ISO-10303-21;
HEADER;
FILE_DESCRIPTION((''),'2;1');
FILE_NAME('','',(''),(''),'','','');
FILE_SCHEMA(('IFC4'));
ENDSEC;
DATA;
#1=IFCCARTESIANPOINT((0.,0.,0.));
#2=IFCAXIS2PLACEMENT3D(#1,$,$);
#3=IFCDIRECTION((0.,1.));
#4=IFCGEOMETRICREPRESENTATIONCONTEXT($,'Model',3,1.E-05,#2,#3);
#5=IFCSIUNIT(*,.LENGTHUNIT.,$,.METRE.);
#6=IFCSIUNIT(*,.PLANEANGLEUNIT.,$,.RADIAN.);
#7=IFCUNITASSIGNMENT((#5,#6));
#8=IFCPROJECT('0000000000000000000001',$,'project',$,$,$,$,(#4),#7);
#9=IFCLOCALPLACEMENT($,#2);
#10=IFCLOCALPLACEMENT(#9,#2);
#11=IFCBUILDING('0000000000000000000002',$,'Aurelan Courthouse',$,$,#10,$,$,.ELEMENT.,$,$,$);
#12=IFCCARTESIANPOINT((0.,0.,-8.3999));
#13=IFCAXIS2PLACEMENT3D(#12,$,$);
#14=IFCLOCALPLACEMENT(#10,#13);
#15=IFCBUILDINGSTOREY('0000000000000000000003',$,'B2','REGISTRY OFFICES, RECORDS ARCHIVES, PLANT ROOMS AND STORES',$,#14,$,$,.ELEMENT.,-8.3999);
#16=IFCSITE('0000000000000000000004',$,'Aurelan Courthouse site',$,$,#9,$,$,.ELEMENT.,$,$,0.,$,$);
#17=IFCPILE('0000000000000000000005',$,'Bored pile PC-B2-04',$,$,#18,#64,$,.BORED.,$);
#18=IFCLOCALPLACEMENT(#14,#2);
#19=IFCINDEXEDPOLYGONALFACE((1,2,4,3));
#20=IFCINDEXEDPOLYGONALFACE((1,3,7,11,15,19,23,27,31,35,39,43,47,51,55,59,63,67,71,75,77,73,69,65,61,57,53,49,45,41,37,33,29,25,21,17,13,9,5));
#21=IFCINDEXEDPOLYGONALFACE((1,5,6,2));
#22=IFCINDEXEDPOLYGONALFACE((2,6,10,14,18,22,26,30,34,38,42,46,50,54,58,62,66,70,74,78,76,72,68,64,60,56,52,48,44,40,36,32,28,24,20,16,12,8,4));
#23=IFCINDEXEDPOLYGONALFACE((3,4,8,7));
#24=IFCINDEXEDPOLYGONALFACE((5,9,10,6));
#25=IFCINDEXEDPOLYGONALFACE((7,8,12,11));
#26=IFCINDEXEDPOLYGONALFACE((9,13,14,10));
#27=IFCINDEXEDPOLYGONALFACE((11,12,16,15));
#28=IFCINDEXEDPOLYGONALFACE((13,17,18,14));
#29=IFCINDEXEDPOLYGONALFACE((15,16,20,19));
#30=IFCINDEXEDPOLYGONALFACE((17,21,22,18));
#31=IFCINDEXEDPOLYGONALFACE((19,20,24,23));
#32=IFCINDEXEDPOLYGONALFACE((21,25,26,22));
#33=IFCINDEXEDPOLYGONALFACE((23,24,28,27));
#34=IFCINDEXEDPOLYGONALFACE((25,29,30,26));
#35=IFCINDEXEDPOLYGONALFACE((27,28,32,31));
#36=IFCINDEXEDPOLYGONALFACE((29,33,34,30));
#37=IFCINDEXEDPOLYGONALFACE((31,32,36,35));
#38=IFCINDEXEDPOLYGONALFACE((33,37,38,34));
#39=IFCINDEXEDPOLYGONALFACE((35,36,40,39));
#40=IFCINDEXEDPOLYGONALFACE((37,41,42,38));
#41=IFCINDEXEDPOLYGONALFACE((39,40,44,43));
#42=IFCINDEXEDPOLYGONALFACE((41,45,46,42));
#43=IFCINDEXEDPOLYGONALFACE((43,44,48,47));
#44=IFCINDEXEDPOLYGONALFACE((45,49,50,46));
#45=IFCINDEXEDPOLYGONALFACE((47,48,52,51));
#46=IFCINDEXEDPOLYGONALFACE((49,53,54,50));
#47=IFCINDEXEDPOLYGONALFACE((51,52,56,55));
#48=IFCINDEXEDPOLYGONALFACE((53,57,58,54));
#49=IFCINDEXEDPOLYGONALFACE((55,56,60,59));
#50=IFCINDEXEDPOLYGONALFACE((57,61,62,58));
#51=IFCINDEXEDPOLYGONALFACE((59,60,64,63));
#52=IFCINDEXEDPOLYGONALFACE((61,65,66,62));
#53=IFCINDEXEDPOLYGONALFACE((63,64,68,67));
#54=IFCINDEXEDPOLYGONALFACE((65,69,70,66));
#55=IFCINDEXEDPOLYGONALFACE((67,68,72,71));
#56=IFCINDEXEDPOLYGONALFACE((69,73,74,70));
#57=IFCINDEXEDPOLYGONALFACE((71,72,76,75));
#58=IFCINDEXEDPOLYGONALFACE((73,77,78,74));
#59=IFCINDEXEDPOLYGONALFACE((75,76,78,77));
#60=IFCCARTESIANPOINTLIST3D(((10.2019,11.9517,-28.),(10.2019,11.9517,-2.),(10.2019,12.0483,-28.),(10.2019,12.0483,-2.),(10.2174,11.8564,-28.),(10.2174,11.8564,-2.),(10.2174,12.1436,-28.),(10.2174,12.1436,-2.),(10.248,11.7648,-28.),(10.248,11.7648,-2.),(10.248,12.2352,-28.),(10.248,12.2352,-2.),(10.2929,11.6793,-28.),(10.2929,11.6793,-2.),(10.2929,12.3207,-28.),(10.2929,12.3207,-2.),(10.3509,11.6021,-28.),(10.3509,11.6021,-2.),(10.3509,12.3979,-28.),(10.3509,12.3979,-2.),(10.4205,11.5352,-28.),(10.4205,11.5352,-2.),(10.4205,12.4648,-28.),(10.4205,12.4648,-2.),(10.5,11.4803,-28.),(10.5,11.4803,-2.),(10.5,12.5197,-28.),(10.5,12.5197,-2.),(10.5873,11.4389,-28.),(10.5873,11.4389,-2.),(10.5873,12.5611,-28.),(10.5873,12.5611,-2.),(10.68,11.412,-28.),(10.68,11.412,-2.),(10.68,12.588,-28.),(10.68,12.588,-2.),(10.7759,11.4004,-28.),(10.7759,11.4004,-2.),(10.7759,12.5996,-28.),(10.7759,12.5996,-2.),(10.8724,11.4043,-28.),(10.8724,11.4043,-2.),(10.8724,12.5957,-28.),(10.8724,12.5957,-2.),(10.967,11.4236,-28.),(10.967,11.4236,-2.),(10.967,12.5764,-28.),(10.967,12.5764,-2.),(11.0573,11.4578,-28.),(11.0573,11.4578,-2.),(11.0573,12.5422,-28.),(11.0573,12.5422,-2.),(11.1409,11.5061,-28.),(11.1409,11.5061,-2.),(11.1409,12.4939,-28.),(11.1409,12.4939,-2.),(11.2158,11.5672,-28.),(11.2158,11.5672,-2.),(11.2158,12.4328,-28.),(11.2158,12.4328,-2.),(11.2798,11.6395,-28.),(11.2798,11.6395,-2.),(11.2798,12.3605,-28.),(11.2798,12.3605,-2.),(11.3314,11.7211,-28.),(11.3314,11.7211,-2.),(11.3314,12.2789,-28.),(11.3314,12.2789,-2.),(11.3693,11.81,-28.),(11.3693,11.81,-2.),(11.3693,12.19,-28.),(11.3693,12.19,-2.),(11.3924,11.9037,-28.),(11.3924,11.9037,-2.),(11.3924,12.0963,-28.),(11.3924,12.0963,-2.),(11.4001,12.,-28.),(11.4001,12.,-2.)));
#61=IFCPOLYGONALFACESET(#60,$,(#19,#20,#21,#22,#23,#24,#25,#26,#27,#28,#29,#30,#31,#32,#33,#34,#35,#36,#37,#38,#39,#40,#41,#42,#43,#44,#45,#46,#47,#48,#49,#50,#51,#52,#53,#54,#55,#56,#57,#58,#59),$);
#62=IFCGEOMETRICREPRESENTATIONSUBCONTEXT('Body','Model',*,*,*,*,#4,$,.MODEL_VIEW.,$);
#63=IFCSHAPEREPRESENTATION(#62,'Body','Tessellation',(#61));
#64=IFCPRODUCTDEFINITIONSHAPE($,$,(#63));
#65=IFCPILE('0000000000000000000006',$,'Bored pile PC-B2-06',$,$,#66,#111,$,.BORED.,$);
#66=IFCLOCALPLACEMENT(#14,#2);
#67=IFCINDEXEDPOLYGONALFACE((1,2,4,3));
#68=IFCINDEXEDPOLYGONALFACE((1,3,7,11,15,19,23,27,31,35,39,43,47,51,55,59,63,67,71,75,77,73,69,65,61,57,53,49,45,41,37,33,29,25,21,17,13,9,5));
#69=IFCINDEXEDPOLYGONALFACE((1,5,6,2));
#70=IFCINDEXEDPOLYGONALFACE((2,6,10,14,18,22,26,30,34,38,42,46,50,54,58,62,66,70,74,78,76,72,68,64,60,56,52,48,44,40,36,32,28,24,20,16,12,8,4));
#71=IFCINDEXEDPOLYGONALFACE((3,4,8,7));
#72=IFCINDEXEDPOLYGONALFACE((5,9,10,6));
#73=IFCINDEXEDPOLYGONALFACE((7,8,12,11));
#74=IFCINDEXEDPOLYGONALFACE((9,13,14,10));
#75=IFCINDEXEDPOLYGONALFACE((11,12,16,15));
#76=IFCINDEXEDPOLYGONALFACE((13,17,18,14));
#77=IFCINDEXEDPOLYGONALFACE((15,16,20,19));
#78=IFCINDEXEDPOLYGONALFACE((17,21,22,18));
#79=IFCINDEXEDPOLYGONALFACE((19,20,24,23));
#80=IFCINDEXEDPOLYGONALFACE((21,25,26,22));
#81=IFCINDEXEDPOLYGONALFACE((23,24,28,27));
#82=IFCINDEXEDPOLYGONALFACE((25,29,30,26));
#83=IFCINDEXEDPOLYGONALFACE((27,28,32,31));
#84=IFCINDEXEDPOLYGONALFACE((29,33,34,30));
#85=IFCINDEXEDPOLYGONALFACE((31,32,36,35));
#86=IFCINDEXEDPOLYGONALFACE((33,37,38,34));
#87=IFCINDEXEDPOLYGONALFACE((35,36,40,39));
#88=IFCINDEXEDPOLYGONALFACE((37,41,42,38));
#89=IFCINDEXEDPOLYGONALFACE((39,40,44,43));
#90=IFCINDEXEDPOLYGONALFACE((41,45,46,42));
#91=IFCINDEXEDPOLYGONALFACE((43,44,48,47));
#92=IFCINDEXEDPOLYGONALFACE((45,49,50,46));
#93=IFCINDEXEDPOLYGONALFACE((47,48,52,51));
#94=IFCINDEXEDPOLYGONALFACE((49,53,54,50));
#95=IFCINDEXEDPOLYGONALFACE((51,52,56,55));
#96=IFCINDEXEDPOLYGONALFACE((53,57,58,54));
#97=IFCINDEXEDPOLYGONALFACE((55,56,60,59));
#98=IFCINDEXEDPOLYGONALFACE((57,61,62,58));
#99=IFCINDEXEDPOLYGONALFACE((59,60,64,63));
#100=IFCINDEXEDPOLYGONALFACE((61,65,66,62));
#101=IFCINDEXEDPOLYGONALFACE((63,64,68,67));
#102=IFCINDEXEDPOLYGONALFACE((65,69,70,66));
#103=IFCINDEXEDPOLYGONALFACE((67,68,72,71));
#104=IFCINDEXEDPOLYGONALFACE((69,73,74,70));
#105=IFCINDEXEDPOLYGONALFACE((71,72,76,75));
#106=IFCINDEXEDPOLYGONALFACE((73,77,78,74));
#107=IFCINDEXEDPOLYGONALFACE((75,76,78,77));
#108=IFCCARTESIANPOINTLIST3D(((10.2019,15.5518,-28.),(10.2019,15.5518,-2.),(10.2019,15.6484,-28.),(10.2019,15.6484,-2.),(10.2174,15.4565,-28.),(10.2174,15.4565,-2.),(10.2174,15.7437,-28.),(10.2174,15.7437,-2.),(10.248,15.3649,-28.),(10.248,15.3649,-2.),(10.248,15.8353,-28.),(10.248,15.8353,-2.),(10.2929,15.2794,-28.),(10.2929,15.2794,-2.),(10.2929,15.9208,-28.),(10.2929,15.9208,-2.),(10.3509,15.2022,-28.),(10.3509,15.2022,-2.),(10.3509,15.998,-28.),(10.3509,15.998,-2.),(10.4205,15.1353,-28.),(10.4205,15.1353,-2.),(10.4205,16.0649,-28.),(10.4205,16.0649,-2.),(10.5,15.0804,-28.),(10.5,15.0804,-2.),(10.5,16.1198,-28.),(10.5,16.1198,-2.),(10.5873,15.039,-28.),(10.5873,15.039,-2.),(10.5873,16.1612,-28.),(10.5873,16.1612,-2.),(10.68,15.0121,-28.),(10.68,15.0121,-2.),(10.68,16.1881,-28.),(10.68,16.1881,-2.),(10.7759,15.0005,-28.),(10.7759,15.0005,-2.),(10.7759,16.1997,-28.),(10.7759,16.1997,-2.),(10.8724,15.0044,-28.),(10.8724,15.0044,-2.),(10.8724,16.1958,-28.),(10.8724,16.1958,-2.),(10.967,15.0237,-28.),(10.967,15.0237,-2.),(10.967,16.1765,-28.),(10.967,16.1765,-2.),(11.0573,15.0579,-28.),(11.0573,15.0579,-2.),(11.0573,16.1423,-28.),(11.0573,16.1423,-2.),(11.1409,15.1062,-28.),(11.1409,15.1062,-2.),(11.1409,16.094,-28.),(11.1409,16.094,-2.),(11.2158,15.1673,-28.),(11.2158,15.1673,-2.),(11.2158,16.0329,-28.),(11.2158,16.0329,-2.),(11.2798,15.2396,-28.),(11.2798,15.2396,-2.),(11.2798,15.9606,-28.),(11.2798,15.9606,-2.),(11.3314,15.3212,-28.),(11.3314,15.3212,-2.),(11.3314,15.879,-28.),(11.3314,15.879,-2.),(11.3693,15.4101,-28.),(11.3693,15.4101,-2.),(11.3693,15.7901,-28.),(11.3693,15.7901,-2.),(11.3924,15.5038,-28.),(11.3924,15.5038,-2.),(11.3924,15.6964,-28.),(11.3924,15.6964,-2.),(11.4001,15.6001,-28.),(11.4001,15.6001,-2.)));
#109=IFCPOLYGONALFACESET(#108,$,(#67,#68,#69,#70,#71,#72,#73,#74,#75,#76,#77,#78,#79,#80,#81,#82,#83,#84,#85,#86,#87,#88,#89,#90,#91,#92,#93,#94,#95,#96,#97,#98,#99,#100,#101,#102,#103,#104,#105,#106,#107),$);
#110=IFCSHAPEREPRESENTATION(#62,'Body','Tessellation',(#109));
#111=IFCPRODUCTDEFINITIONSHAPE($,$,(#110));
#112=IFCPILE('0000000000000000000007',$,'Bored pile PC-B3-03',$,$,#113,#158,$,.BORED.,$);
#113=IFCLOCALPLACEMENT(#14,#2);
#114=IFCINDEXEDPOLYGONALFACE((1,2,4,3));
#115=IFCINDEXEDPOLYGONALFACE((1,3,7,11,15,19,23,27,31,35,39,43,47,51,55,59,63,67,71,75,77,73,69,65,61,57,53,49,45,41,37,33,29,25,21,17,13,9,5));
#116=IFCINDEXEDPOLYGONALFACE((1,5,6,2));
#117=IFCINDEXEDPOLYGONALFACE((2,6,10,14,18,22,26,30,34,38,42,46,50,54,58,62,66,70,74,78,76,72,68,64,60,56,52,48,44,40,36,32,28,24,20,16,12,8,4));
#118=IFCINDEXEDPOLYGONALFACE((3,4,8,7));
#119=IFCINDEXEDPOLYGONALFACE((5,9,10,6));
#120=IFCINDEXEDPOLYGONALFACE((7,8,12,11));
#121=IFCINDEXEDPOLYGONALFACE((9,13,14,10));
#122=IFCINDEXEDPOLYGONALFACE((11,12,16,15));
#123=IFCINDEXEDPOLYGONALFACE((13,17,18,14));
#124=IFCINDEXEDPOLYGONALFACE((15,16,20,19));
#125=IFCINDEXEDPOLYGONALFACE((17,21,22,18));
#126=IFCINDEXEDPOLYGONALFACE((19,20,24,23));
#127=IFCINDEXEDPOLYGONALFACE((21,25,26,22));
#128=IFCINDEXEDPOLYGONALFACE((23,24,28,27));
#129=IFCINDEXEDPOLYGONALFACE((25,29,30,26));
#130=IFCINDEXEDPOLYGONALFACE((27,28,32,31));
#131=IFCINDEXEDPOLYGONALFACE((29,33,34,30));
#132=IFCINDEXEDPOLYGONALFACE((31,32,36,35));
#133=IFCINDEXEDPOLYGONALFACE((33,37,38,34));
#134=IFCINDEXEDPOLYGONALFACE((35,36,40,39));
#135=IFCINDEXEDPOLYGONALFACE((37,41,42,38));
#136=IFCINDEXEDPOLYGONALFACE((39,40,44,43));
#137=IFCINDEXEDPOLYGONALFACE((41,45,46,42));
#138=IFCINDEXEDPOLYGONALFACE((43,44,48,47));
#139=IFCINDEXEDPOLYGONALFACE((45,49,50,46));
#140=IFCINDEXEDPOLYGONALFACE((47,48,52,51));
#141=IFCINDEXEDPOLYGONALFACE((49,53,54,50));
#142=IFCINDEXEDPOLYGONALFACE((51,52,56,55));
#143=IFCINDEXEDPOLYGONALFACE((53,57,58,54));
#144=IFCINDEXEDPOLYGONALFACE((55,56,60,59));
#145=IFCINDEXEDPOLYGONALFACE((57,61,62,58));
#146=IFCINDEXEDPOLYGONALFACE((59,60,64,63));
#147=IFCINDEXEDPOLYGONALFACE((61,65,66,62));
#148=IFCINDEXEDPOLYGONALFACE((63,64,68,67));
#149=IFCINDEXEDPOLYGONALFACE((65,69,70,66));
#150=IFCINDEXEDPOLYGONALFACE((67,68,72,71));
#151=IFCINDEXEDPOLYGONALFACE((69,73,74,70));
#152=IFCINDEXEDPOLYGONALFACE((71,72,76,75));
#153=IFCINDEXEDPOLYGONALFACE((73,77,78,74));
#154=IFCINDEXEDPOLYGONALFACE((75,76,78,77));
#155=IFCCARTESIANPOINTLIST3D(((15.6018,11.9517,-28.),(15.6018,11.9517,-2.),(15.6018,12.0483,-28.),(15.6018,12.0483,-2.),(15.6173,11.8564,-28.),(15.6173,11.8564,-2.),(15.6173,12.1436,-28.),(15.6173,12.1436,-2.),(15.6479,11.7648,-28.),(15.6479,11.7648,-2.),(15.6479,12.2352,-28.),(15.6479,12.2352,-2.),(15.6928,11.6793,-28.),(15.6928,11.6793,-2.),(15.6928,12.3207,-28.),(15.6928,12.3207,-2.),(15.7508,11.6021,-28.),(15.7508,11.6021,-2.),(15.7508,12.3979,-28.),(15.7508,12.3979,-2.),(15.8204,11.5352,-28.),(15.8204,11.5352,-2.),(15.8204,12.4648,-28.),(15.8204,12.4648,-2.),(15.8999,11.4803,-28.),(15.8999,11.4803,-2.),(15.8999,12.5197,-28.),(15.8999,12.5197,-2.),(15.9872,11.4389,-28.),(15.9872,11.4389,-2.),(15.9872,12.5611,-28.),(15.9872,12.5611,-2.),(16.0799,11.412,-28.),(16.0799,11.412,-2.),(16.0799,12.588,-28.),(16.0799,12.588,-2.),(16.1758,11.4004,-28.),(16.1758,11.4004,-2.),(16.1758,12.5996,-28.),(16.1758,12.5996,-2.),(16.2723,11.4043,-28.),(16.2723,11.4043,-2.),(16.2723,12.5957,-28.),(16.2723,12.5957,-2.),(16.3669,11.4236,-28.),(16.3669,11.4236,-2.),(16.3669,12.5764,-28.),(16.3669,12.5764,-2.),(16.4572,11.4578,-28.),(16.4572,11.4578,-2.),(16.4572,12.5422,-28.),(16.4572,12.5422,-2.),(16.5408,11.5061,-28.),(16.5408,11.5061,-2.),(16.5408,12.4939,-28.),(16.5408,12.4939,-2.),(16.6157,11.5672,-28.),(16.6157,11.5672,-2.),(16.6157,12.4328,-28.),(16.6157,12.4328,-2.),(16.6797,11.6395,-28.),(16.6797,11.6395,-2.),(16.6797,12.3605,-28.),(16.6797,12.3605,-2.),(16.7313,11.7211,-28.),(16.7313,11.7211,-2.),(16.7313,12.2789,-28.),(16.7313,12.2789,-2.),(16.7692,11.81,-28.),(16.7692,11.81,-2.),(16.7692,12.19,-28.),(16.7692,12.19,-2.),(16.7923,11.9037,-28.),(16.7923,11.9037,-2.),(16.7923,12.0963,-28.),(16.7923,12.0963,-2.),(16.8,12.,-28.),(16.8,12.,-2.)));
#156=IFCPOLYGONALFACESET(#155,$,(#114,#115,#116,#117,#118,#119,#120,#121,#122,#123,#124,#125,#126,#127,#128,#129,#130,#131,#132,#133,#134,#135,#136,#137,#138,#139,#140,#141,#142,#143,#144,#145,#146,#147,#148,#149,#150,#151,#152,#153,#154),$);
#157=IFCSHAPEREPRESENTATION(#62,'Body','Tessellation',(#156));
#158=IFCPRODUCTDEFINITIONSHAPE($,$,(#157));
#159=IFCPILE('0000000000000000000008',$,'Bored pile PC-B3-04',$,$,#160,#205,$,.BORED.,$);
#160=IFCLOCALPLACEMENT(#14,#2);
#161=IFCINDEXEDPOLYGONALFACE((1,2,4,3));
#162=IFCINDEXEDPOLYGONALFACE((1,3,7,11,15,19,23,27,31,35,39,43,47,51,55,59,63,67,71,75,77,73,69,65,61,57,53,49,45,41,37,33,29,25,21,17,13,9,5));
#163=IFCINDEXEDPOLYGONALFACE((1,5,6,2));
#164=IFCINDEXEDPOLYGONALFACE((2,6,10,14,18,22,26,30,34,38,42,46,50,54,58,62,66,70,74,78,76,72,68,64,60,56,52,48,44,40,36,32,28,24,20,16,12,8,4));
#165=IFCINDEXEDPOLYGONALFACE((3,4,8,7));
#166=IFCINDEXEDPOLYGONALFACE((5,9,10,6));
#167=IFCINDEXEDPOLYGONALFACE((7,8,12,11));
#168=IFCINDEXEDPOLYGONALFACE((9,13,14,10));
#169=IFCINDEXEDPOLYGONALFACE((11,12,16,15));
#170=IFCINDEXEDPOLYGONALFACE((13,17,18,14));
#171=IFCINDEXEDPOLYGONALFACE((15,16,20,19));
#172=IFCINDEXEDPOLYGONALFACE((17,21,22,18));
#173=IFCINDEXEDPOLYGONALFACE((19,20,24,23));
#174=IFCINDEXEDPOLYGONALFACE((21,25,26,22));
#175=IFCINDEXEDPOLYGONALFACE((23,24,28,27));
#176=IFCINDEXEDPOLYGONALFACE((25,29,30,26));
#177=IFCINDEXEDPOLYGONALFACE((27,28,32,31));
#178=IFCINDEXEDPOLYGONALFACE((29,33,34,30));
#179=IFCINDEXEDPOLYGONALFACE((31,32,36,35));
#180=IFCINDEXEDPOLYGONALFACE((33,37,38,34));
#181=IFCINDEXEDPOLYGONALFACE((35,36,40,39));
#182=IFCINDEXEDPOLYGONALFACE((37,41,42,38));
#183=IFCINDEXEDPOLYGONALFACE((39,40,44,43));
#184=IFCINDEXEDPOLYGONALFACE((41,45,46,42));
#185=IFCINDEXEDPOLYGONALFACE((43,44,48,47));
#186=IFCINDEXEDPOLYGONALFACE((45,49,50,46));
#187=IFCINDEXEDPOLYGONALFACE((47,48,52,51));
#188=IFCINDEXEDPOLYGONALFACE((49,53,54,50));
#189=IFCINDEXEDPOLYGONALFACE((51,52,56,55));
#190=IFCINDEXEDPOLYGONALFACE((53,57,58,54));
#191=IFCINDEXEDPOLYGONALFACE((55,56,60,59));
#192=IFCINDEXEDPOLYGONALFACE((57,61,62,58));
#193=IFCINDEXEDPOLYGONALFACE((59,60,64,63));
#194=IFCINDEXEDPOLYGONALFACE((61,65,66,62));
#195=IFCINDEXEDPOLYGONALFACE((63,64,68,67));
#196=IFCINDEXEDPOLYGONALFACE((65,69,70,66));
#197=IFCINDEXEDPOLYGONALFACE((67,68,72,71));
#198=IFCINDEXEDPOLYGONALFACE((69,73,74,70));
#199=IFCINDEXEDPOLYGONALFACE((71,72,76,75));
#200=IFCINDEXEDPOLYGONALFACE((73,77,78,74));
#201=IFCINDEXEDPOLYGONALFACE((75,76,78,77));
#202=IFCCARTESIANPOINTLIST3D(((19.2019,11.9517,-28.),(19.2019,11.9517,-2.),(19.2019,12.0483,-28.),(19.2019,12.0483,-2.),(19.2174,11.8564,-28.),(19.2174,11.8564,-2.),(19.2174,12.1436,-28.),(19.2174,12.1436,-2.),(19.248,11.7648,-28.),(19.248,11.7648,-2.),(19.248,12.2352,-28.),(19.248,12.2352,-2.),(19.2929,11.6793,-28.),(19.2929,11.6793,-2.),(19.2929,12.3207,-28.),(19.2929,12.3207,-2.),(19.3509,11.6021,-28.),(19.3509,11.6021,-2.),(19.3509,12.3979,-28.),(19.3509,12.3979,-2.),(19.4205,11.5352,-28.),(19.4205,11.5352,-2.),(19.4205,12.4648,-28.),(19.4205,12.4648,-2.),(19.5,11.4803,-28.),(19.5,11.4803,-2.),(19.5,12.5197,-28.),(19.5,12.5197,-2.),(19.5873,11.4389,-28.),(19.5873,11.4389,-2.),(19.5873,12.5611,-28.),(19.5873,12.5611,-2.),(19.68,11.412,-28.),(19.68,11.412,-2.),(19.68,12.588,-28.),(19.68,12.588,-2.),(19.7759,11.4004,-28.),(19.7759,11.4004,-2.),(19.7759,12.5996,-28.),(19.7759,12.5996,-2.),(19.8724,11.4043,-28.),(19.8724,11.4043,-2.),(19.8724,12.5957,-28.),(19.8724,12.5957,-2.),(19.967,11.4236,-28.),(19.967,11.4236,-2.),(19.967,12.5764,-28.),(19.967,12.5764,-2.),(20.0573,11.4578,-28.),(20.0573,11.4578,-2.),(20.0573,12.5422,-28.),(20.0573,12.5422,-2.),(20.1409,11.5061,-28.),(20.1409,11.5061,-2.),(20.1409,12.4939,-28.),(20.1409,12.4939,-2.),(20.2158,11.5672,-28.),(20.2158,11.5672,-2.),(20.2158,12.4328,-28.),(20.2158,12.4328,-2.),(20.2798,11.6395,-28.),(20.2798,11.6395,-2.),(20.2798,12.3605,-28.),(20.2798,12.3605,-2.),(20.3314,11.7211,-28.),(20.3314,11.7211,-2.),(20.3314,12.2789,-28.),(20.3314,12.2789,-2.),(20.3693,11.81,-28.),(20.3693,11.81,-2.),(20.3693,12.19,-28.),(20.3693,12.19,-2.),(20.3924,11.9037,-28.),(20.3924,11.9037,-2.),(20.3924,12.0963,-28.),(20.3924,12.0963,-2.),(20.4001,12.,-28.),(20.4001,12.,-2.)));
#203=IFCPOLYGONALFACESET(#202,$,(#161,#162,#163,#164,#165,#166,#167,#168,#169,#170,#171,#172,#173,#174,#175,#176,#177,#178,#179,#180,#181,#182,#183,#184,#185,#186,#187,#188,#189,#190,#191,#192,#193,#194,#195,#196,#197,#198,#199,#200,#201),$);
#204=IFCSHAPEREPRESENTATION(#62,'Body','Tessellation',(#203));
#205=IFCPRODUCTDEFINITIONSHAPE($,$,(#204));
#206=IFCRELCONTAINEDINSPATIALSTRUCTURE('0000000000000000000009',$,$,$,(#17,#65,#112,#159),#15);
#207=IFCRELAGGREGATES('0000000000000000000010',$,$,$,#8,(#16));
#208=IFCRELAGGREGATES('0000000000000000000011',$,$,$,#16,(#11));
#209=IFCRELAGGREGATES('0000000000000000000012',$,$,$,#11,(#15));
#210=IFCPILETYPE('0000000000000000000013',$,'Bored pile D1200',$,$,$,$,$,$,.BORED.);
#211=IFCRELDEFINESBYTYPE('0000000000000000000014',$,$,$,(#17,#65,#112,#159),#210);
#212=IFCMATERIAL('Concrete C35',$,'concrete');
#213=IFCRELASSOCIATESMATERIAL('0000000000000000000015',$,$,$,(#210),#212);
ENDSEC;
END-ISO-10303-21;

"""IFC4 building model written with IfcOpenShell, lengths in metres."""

from ifc_helpers import new_model, si_unit, direction, frame, origin, origin_2d, place, context, subcontext, project, spatial, circle, extrude, material, material_profile, profile_set, type_object, element, save


model = new_model("IFC4")

# Units and contexts
model_context = context("Model", 3, precision=1e-05, world=origin(), true_north=direction((0.0, 1.0)))
body_context = subcontext(model_context, "Body", "Model", "MODEL_VIEW")
ifc_project = project(units=[si_unit("LENGTHUNIT", "METRE"), si_unit("PLANEANGLEUNIT", "RADIAN")], contexts=[model_context])

# Site, building, storey
site_placement = place(None, origin())
site = spatial("IfcSite", under=ifc_project, at=site_placement, Name="Aurelan Courthouse site", CompositionType="ELEMENT", RefElevation=0.0)
building_placement = place(site_placement, origin())
building = spatial("IfcBuilding", under=site, at=building_placement, Name="Aurelan Courthouse", CompositionType="ELEMENT")
storey_placement = place(building_placement, frame((0.0, 0.0, -8.3999)))
storey = spatial("IfcBuildingStorey", under=building, at=storey_placement, Name="B2", Description="REGISTRY OFFICES, RECORDS ARCHIVES, PLANT ROOMS AND STORES", CompositionType="ELEMENT", Elevation=-8.3999)

# Piles
ifc_material_1 = material(Name="Concrete C35", Category="concrete")
ifc_material_profile_1 = material_profile(ifc_material_1, circle(Radius=0.6001, at=origin_2d()), Name="D1200")
ifc_profile_set_1 = profile_set([ifc_material_profile_1], Name="Concrete C35")
pile_type = type_object("IfcPileType", Name="Bored pile D1200", PredefinedType="BORED", material=ifc_profile_set_1)
for number, where, z_axis, x_axis, name in (
    (1, (10.8, 12.0, -2.0), (0.0, 0.0, -1.0), (1.0, 0.0, 0.0), "Bored pile PC-B2-04"),
    (2, (10.8, 15.6001, -2.0), (0.0, 0.0, -1.0), (1.0, 0.0, 0.0), "Bored pile PC-B2-06"),
    (3, (16.2, 12.0, -2.0), (0.0, 0.0, -1.0), (1.0, 0.0, 0.0), "Bored pile PC-B3-03"),
    (4, (19.8, 12.0, -2.0), (0.0, 0.0, -1.0), (1.0, 0.0, 0.0), "Bored pile PC-B3-04"),
):
    element("IfcPile", number, at=place(storey_placement, frame(where, z_axis=z_axis, x_axis=x_axis)), inside=storey, type_object=pile_type, Name=name, PredefinedType="BORED", context=body_context, shape_type="SweptSolid", body=[
        extrude(circle(Radius=0.6001, at=origin_2d()), origin(), (0.0, 0.0, 1.0), 26.0),
    ])

save(model, "model.ifc")
